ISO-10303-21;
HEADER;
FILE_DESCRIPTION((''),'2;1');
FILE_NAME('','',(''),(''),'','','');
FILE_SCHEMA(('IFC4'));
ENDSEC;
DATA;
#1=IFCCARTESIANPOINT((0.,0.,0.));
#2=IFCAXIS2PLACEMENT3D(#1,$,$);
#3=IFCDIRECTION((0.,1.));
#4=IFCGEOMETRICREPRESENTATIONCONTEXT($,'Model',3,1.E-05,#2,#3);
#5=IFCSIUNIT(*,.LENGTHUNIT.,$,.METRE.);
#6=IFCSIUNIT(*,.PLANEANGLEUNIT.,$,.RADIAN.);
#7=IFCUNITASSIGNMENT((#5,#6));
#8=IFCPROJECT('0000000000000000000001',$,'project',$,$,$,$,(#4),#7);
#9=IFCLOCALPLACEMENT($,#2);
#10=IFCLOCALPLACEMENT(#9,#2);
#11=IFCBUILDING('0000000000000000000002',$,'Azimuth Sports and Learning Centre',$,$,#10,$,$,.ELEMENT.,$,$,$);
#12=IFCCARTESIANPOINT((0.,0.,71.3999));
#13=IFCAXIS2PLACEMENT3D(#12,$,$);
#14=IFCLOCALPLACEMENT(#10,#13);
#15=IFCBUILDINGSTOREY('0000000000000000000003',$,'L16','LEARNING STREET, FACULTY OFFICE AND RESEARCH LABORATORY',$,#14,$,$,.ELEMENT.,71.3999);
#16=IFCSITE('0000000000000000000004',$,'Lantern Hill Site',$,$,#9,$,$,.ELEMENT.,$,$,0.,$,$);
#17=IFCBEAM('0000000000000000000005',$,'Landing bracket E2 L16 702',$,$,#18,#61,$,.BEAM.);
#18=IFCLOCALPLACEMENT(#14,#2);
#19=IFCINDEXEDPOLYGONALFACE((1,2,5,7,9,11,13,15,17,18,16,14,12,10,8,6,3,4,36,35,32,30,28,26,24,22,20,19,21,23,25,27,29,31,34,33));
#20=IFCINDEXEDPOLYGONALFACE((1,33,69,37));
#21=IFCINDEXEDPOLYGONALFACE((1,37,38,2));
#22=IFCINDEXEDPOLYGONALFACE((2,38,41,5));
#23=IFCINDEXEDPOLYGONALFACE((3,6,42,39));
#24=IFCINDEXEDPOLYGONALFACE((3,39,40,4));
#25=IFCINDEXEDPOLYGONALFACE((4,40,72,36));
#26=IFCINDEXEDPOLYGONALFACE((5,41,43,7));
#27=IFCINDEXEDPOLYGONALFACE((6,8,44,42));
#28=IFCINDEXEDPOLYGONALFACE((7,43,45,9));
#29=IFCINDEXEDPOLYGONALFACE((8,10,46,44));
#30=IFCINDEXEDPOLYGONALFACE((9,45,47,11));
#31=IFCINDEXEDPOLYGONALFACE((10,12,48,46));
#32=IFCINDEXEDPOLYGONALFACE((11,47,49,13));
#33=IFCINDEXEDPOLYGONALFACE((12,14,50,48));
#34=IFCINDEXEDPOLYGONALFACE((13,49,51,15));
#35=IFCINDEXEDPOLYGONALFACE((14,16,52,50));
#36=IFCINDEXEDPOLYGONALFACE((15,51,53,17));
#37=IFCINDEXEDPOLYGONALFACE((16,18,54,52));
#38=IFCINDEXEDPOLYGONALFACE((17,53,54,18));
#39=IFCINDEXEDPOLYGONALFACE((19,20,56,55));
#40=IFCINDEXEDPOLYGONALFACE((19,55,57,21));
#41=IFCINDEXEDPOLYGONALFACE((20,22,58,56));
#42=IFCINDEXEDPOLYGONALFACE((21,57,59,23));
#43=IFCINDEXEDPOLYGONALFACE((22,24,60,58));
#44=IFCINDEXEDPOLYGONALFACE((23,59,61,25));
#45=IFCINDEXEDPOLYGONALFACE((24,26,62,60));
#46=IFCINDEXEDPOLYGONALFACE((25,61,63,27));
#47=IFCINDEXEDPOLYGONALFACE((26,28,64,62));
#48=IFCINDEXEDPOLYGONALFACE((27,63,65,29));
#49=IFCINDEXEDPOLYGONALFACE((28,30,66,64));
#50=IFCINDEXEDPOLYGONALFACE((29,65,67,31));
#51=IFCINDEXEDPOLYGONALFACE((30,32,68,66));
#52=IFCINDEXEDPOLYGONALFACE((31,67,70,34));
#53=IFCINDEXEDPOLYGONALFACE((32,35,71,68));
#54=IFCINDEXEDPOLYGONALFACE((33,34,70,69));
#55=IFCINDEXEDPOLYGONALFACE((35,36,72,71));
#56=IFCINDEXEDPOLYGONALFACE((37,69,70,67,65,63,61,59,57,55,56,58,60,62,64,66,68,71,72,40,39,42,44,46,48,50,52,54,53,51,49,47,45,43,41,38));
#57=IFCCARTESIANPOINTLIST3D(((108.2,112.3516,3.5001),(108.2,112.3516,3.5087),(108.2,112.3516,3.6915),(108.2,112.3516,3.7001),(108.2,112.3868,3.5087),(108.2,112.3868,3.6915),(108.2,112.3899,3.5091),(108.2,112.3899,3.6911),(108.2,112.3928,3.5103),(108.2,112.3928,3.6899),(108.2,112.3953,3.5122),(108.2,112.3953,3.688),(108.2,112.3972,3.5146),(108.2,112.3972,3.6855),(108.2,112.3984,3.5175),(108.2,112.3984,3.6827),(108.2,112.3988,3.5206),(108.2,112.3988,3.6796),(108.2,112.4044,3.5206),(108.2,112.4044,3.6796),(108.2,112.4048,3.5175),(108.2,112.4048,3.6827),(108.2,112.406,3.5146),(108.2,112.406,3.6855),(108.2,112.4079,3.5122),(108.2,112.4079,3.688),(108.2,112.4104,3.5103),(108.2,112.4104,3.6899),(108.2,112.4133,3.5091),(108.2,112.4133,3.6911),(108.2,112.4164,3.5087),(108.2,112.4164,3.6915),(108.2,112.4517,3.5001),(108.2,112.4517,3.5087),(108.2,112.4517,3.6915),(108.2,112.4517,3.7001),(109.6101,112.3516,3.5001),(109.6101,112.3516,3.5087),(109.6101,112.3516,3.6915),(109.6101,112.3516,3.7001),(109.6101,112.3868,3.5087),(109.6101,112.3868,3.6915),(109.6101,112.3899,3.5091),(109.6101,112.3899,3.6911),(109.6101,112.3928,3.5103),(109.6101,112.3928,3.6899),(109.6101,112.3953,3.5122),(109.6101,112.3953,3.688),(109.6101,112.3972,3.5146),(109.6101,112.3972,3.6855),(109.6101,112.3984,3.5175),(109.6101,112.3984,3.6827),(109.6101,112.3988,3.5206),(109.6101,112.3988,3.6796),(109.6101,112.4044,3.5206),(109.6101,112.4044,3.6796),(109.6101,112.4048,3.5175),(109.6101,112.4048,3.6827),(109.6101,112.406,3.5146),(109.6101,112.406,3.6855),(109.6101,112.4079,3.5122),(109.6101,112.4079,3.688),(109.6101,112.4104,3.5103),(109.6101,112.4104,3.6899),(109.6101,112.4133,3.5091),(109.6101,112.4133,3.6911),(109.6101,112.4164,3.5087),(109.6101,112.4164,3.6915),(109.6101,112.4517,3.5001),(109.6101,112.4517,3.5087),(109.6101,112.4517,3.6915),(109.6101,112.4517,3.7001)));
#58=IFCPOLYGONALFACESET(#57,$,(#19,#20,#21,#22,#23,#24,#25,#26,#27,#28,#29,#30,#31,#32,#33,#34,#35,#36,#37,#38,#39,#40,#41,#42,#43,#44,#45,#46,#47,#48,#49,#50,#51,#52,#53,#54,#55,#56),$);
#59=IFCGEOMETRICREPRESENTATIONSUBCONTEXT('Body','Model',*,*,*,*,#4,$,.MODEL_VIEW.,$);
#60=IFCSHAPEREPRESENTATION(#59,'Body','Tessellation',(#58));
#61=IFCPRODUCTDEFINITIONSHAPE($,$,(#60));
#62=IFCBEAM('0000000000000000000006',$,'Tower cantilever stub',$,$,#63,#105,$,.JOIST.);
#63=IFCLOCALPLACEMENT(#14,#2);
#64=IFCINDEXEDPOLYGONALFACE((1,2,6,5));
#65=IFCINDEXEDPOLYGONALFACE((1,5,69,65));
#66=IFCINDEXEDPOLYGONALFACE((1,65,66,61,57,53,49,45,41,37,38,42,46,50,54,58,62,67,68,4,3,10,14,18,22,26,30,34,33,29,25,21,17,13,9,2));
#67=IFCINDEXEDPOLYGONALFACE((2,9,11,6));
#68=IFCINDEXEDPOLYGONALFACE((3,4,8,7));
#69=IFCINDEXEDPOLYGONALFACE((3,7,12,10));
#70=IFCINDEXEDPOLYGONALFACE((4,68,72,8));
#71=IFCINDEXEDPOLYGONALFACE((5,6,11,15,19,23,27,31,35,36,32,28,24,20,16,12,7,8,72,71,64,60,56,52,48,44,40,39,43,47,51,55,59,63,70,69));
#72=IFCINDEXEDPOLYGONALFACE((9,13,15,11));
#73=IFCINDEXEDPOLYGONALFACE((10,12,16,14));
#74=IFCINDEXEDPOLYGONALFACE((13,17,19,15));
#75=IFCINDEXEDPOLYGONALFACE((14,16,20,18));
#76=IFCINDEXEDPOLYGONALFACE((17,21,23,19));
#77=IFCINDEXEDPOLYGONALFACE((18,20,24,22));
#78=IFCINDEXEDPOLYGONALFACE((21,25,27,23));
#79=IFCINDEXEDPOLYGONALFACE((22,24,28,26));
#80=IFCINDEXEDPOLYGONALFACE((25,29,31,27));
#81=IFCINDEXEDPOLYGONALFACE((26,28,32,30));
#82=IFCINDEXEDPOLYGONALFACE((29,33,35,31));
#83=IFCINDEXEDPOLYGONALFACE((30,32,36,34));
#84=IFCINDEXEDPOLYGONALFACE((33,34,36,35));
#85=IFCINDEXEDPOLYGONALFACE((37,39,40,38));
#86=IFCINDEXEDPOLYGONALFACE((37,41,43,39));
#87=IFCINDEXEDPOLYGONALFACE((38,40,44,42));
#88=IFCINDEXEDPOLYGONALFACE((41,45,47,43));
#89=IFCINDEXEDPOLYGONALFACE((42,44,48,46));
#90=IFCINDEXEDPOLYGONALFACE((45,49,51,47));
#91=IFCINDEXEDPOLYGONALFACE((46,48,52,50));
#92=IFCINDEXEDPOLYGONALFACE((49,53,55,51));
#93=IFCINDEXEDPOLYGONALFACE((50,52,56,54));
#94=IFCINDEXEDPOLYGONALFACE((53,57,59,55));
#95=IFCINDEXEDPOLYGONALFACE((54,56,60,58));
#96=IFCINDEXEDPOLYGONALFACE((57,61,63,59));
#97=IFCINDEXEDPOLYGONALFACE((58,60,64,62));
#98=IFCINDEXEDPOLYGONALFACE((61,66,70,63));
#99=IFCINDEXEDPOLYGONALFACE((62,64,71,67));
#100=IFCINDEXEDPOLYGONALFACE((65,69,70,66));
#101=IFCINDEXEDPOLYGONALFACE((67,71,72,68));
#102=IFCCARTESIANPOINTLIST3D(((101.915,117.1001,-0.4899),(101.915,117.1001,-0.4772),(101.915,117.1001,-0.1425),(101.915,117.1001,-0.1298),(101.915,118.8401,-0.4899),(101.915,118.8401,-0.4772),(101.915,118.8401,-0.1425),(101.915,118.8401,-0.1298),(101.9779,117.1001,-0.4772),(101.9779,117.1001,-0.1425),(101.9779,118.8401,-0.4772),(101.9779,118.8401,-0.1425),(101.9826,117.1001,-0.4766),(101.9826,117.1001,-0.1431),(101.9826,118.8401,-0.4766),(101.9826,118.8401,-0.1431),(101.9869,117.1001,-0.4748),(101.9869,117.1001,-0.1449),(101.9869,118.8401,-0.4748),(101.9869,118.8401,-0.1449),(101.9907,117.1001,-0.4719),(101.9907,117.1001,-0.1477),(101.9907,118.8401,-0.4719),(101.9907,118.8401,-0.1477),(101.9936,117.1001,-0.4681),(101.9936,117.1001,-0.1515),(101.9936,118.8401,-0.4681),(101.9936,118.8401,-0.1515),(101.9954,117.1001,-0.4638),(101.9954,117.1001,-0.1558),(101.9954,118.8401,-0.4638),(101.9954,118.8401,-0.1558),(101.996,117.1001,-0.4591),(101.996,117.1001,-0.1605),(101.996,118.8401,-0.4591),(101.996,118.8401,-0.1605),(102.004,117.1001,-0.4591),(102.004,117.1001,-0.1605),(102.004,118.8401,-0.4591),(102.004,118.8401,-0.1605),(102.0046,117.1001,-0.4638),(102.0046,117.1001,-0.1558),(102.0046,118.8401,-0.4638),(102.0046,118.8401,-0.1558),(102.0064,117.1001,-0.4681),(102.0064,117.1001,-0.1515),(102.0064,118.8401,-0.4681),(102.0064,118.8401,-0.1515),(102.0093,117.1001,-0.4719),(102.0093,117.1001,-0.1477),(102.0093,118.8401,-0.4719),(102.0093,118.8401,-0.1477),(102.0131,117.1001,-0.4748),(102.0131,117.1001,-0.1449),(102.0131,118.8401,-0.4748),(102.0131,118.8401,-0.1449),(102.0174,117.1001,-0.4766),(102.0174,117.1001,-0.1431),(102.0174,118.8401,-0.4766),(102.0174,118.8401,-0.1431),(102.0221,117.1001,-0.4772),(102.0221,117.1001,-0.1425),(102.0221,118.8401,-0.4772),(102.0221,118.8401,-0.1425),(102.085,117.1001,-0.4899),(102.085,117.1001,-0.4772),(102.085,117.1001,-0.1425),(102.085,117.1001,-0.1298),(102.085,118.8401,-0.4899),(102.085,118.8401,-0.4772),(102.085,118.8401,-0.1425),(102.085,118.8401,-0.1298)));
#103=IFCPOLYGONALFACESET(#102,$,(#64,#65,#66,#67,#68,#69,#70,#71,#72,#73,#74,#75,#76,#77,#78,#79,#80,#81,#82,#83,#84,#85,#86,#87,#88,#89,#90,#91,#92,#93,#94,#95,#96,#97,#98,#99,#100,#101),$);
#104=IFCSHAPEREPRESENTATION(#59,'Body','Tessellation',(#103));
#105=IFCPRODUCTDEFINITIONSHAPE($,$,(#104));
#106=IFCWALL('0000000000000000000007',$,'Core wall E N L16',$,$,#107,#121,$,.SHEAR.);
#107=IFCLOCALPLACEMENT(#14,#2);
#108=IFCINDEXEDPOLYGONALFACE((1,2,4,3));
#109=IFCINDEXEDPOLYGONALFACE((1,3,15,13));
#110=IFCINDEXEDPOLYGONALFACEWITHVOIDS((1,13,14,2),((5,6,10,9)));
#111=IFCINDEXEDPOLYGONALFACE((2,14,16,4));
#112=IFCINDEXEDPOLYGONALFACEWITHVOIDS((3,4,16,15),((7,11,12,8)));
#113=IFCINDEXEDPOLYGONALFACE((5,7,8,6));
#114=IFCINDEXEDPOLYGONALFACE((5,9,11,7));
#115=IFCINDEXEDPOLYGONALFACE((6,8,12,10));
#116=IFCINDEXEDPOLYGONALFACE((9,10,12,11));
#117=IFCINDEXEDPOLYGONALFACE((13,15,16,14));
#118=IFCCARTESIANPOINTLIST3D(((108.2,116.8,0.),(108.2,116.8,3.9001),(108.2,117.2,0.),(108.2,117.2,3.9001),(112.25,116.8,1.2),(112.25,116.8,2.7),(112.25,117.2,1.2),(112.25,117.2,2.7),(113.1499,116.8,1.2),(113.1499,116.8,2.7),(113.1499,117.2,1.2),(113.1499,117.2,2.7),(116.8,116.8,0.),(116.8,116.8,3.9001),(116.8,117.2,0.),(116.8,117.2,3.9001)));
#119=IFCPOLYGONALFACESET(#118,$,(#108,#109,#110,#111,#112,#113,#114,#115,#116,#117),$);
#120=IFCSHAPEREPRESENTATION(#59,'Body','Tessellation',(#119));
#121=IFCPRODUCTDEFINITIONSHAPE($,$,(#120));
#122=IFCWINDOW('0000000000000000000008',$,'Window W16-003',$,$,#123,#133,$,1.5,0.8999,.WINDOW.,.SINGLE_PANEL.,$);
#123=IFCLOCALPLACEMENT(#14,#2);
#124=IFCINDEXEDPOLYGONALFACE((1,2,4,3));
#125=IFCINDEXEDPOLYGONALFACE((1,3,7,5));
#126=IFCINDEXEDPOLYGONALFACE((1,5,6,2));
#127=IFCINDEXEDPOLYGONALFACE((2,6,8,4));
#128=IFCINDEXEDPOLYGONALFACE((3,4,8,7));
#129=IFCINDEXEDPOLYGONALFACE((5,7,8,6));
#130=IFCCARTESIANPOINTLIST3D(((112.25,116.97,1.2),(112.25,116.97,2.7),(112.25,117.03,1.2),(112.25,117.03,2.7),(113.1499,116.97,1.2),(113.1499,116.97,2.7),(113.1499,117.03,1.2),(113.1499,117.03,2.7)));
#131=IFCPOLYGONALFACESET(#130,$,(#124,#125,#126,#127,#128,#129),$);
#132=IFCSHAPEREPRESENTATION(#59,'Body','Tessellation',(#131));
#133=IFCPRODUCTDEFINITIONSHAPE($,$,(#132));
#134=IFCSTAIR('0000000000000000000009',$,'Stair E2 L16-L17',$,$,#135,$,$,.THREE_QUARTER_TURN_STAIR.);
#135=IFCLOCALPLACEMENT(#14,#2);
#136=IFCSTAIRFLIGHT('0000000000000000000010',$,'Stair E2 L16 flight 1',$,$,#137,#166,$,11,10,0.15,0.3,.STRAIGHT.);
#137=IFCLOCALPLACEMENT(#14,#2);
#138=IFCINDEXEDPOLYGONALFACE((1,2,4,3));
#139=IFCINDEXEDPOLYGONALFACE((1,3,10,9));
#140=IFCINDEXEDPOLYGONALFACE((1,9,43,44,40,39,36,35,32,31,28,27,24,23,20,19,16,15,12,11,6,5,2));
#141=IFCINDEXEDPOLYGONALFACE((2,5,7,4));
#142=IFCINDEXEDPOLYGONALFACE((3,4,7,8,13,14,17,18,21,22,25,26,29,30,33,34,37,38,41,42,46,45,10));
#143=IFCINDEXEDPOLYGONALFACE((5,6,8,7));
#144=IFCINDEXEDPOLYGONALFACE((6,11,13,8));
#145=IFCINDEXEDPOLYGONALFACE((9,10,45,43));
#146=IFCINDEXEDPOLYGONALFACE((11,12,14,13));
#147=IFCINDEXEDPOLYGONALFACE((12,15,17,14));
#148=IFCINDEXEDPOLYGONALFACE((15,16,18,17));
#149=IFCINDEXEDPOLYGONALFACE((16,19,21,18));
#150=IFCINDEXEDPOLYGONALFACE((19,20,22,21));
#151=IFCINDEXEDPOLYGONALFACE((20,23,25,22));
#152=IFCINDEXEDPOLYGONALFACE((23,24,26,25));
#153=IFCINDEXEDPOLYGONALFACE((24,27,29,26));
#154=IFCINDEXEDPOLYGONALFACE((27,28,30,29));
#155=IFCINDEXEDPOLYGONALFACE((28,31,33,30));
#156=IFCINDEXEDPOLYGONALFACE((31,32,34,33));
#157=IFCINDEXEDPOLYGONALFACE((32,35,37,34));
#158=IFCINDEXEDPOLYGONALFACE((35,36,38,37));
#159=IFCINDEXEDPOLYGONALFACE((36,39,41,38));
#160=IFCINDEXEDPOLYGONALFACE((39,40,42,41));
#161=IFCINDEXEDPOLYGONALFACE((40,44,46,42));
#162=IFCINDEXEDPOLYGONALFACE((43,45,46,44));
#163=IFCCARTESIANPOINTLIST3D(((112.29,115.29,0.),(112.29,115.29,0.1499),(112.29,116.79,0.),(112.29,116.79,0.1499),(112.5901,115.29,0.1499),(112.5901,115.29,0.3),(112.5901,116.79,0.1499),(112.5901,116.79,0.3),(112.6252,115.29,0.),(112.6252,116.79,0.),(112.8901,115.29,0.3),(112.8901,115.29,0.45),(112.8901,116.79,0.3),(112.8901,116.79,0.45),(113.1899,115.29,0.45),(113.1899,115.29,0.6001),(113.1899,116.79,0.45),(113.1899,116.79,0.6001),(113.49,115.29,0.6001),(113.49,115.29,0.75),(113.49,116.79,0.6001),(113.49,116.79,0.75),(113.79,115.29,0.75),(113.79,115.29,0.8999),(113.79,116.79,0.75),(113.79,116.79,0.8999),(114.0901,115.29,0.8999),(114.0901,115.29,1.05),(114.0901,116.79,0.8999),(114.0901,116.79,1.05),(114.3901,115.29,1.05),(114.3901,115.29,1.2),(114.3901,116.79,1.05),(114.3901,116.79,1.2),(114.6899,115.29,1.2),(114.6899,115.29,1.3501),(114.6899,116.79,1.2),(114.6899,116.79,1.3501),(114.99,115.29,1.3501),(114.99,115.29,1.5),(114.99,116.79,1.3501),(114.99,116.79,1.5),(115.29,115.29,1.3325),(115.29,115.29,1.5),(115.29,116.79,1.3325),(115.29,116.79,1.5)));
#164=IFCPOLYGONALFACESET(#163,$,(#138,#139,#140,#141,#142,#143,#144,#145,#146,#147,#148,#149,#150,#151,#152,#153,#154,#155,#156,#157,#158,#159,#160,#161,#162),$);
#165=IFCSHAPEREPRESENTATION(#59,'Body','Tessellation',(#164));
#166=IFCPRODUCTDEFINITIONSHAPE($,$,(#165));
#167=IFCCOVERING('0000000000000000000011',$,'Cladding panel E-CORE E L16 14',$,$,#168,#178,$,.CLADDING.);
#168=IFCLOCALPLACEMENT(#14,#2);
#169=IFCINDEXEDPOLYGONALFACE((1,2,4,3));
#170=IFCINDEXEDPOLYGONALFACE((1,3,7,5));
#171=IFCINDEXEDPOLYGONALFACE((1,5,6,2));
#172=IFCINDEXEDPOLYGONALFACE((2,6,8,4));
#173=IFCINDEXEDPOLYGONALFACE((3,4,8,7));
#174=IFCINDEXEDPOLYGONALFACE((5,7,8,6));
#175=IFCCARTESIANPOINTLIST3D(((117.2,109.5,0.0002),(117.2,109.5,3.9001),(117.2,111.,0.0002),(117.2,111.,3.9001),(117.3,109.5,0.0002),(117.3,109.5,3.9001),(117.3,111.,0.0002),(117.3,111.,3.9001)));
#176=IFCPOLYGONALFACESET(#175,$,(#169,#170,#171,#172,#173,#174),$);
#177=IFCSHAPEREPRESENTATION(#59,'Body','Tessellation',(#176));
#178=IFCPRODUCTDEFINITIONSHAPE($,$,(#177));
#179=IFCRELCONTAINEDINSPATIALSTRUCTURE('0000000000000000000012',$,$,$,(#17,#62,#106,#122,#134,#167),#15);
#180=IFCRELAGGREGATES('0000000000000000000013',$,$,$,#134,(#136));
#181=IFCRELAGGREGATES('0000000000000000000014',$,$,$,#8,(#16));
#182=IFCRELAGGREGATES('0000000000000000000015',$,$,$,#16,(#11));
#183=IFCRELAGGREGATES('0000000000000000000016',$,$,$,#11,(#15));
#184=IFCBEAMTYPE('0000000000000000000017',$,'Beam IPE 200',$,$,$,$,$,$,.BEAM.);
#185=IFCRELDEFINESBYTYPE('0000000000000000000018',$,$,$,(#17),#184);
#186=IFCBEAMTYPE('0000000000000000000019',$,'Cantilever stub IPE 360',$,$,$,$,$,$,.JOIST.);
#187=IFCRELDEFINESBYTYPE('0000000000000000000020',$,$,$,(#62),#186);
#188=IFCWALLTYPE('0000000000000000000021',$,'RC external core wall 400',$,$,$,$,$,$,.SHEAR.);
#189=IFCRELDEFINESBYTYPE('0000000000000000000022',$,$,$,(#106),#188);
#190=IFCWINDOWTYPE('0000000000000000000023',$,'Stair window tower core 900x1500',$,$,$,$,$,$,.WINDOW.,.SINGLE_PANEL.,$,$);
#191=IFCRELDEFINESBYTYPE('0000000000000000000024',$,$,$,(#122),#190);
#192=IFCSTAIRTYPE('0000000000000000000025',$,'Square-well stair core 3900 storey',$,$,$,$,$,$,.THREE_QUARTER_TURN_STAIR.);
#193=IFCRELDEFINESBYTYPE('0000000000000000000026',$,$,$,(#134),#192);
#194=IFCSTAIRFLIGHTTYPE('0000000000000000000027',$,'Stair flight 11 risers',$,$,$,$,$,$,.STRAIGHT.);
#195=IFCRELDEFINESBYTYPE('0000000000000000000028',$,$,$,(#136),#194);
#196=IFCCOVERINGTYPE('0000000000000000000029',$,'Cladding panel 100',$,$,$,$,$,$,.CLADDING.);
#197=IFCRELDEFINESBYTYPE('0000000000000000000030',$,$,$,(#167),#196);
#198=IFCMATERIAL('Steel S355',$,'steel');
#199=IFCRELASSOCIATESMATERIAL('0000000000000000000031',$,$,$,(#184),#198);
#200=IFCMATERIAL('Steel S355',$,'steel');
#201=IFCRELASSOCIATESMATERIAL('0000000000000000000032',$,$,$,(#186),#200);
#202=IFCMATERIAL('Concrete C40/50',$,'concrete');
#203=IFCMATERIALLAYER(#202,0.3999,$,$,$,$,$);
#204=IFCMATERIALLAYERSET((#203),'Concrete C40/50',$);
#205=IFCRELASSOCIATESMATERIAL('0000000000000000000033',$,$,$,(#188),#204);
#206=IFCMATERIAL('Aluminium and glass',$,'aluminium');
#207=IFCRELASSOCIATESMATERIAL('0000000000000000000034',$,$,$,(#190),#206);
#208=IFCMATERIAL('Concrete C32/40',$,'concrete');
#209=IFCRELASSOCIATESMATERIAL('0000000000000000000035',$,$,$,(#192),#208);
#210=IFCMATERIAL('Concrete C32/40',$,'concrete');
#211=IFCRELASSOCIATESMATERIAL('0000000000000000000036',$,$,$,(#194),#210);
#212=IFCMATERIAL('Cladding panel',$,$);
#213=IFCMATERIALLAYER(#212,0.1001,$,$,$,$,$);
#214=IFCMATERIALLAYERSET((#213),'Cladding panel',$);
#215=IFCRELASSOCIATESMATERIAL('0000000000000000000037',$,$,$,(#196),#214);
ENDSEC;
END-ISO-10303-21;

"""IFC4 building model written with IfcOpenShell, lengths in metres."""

from ifc_helpers import new_model, si_unit, direction, frame, frame_2d, origin, origin_2d, place, context, subcontext, project, spatial, polyline, rectangle, i_section, outline, extrude, material, layer, layer_set, material_profile, profile_set, type_object, element, fill, aggregate, save


model = new_model("IFC4")

# Units and contexts
model_context = context("Model", 3, precision=1e-05, world=origin(), true_north=direction((0.0, 1.0)))
body_context = subcontext(model_context, "Body", "Model", "MODEL_VIEW")
ifc_project = project(units=[si_unit("LENGTHUNIT", "METRE"), si_unit("PLANEANGLEUNIT", "RADIAN")], contexts=[model_context])

# Site, building, storey
site_placement = place(None, origin())
site = spatial("IfcSite", under=ifc_project, at=site_placement, Name="Lantern Hill Site", CompositionType="ELEMENT", RefElevation=0.0)
building_placement = place(site_placement, origin())
building = spatial("IfcBuilding", under=site, at=building_placement, Name="Azimuth Sports and Learning Centre", CompositionType="ELEMENT")
storey_placement = place(building_placement, frame((0.0, 0.0, 71.3999)))
storey = spatial("IfcBuildingStorey", under=building, at=storey_placement, Name="L16", Description="LEARNING STREET, FACULTY OFFICE AND RESEARCH LABORATORY", CompositionType="ELEMENT", Elevation=71.3999)

# Beams
ifc_material_1 = material(Name="Steel S355", Category="steel")
ifc_material_profile_1 = material_profile(ifc_material_1, i_section(OverallWidth=0.1001, OverallDepth=0.2, WebThickness=0.0056, FlangeThickness=0.0085, FilletRadius=0.012, at=origin_2d()), Name="IPE 200")
ifc_profile_set_1 = profile_set([ifc_material_profile_1], Name="Steel S355")
beam_type_1 = type_object("IfcBeamType", Name="Beam IPE 200", PredefinedType="BEAM", material=ifc_profile_set_1)
for number, where, z_axis, x_axis, name in (
    (1, (108.2, 112.4016, 3.6001), (1.0, 0.0, 0.0), (0.0, 1.0, 0.0), "Landing bracket E2 L16 702"),
):
    element("IfcBeam", number, at=place(storey_placement, frame(where, z_axis=z_axis, x_axis=x_axis)), inside=storey, type_object=beam_type_1, Name=name, PredefinedType="BEAM", context=body_context, shape_type="SweptSolid", body=[
        extrude(i_section(OverallWidth=0.1001, OverallDepth=0.2, WebThickness=0.0056, FlangeThickness=0.0085, FilletRadius=0.012, at=origin_2d()), origin(), (0.0, 0.0, 1.0), 1.4102),
    ])
ifc_material_2 = material(Name="Steel S355", Category="steel")
ifc_material_profile_2 = material_profile(ifc_material_2, i_section(OverallWidth=0.1699, OverallDepth=0.3601, WebThickness=0.0081, FlangeThickness=0.0127, FilletRadius=0.0181, at=origin_2d()), Name="IPE 360")
ifc_profile_set_2 = profile_set([ifc_material_profile_2], Name="Steel S355")
beam_type_2 = type_object("IfcBeamType", Name="Cantilever stub IPE 360", PredefinedType="JOIST", material=ifc_profile_set_2)
beam_placement = place(storey_placement, frame((102.0, 117.1001, -0.3098), z_axis=(0.0, 1.0, 0.0), x_axis=(-1.0, 0.0, 0.0)))
element("IfcBeam", 2, at=beam_placement, inside=storey, type_object=beam_type_2, Name="Tower cantilever stub", PredefinedType="JOIST", context=body_context, shape_type="SweptSolid", body=[
    extrude(i_section(OverallWidth=0.1699, OverallDepth=0.3601, WebThickness=0.0081, FlangeThickness=0.0127, FilletRadius=0.0181, at=origin_2d()), origin(), (0.0, 0.0, 1.0), 1.74),
])

# Wall, opening, window
ifc_material_3 = material(Name="Concrete C40/50", Category="concrete")
ifc_layer_1 = layer(ifc_material_3, 0.3999)
ifc_layer_set_1 = layer_set([ifc_layer_1], Name="Concrete C40/50")
wall_type = type_object("IfcWallType", Name="RC external core wall 400", PredefinedType="SHEAR", material=ifc_layer_set_1)
wall_placement = place(storey_placement, frame((108.2, 117.0, 0.0), z_axis=(0.0, 0.0, 1.0), x_axis=(1.0, 0.0, 0.0)))
wall = element("IfcWall", 3, at=wall_placement, inside=storey, type_object=wall_type, Name="Core wall E N L16", PredefinedType="SHEAR", context=body_context, shape_type="SweptSolid", body=[
    extrude(rectangle(XDim=8.6001, YDim=0.3999, at=frame_2d((4.3, 0.0))), origin(), (0.0, 0.0, 1.0), 3.9001),
])
opening_placement = place(wall_placement, frame((4.05, 0.0, 1.2)))
opening = element("IfcOpeningElement", 4, at=opening_placement, cuts=wall, PredefinedType="OPENING", context=body_context, shape_type="SweptSolid", body=[
    extrude(rectangle(XDim=0.8999, YDim=1.5, at=frame_2d((0.45, 0.75))), frame((0.0, 0.2109, 0.0), z_axis=(0.0, -1.0, 0.0), x_axis=(1.0, 0.0, 0.0)), (0.0, 0.0, 1.0), 0.4219),
])
ifc_material_4 = material(Name="Aluminium and glass", Category="aluminium")
window_type = type_object("IfcWindowType", Name="Stair window tower core 900x1500", PartitioningType="SINGLE_PANEL", PredefinedType="WINDOW", material=ifc_material_4)
window_placement = place(opening_placement, origin())
window = element("IfcWindow", 5, at=window_placement, inside=storey, type_object=window_type, Name="Window W16-003", OverallHeight=1.5, OverallWidth=0.8999, PartitioningType="SINGLE_PANEL", PredefinedType="WINDOW", context=body_context, shape_type="SweptSolid", body=[
    extrude(rectangle(XDim=0.8999, YDim=1.5, at=frame_2d((0.45, 0.75))), frame((0.0, 0.03, 0.0), z_axis=(0.0, -1.0, 0.0), x_axis=(1.0, 0.0, 0.0)), (0.0, 0.0, 1.0), 0.0601),
])
fill(opening, window)

# Stair, stair flight
ifc_material_5 = material(Name="Concrete C32/40", Category="concrete")
stair_type = type_object("IfcStairType", Name="Square-well stair core 3900 storey", PredefinedType="THREE_QUARTER_TURN_STAIR", material=ifc_material_5)
stair_placement = place(storey_placement, origin())
stair = element("IfcStair", 6, at=stair_placement, inside=storey, type_object=stair_type, Name="Stair E2 L16-L17", PredefinedType="THREE_QUARTER_TURN_STAIR")
ifc_material_6 = material(Name="Concrete C32/40", Category="concrete")
stair_flight_type = type_object("IfcStairFlightType", Name="Stair flight 11 risers", PredefinedType="STRAIGHT", material=ifc_material_6)
stair_flight_placement = place(storey_placement, frame((112.29, 116.04, 0.0), z_axis=(0.0, 0.0, 1.0), x_axis=(1.0, 0.0, 0.0)))
stair_flight = element("IfcStairFlight", 7, at=stair_flight_placement, type_object=stair_flight_type, Name="Stair E2 L16 flight 1", NumberOfRisers=11, NumberOfTreads=10, PredefinedType="STRAIGHT", RiserHeight=0.15, TreadLength=0.3, context=body_context, shape_type="SweptSolid", body=[
    extrude(outline(polyline([(0.0, 0.0), (0.0, 0.1499), (0.3, 0.1499), (0.3, 0.3), (0.6001, 0.3), (0.6001, 0.45), (0.8999, 0.45), (0.8999, 0.6001), (1.2, 0.6001), (1.2, 0.75), (1.5, 0.75), (1.5, 0.8999), (1.8, 0.8999), (1.8, 1.05), (2.1001, 1.05), (2.1001, 1.2), (2.3999, 1.2), (2.3999, 1.3501), (2.7, 1.3501), (2.7, 1.5), (3.0, 1.5), (3.0, 1.6499), (3.0, 1.3325), (0.3352, 0.0), (0.0, 0.0)])), frame((0.0, 0.75, 0.0), z_axis=(0.0, -1.0, 0.0), x_axis=(1.0, 0.0, 0.0)), (0.0, 0.0, 1.0), 1.5),
])
aggregate(stair, [stair_flight])

# Covering
ifc_material_7 = material(Name="Cladding panel")
ifc_layer_2 = layer(ifc_material_7, 0.1001)
ifc_layer_set_2 = layer_set([ifc_layer_2], Name="Cladding panel")
covering_type = type_object("IfcCoveringType", Name="Cladding panel 100", PredefinedType="CLADDING", material=ifc_layer_set_2)
for number, where, z_axis, x_axis, name in (
    (8, (117.25, 110.25, 0.0002), (0.0, 0.0, 1.0), (0.0, 1.0, 0.0), "Cladding panel E-CORE E L16 14"),
):
    element("IfcCovering", number, at=place(storey_placement, frame(where, z_axis=z_axis, x_axis=x_axis)), inside=storey, type_object=covering_type, Name=name, PredefinedType="CLADDING", context=body_context, shape_type="SweptSolid", body=[
        extrude(rectangle(XDim=1.5, YDim=0.1001, at=origin_2d()), origin(), (0.0, 0.0, 1.0), 3.8999),
    ])

save(model, "model.ifc")
